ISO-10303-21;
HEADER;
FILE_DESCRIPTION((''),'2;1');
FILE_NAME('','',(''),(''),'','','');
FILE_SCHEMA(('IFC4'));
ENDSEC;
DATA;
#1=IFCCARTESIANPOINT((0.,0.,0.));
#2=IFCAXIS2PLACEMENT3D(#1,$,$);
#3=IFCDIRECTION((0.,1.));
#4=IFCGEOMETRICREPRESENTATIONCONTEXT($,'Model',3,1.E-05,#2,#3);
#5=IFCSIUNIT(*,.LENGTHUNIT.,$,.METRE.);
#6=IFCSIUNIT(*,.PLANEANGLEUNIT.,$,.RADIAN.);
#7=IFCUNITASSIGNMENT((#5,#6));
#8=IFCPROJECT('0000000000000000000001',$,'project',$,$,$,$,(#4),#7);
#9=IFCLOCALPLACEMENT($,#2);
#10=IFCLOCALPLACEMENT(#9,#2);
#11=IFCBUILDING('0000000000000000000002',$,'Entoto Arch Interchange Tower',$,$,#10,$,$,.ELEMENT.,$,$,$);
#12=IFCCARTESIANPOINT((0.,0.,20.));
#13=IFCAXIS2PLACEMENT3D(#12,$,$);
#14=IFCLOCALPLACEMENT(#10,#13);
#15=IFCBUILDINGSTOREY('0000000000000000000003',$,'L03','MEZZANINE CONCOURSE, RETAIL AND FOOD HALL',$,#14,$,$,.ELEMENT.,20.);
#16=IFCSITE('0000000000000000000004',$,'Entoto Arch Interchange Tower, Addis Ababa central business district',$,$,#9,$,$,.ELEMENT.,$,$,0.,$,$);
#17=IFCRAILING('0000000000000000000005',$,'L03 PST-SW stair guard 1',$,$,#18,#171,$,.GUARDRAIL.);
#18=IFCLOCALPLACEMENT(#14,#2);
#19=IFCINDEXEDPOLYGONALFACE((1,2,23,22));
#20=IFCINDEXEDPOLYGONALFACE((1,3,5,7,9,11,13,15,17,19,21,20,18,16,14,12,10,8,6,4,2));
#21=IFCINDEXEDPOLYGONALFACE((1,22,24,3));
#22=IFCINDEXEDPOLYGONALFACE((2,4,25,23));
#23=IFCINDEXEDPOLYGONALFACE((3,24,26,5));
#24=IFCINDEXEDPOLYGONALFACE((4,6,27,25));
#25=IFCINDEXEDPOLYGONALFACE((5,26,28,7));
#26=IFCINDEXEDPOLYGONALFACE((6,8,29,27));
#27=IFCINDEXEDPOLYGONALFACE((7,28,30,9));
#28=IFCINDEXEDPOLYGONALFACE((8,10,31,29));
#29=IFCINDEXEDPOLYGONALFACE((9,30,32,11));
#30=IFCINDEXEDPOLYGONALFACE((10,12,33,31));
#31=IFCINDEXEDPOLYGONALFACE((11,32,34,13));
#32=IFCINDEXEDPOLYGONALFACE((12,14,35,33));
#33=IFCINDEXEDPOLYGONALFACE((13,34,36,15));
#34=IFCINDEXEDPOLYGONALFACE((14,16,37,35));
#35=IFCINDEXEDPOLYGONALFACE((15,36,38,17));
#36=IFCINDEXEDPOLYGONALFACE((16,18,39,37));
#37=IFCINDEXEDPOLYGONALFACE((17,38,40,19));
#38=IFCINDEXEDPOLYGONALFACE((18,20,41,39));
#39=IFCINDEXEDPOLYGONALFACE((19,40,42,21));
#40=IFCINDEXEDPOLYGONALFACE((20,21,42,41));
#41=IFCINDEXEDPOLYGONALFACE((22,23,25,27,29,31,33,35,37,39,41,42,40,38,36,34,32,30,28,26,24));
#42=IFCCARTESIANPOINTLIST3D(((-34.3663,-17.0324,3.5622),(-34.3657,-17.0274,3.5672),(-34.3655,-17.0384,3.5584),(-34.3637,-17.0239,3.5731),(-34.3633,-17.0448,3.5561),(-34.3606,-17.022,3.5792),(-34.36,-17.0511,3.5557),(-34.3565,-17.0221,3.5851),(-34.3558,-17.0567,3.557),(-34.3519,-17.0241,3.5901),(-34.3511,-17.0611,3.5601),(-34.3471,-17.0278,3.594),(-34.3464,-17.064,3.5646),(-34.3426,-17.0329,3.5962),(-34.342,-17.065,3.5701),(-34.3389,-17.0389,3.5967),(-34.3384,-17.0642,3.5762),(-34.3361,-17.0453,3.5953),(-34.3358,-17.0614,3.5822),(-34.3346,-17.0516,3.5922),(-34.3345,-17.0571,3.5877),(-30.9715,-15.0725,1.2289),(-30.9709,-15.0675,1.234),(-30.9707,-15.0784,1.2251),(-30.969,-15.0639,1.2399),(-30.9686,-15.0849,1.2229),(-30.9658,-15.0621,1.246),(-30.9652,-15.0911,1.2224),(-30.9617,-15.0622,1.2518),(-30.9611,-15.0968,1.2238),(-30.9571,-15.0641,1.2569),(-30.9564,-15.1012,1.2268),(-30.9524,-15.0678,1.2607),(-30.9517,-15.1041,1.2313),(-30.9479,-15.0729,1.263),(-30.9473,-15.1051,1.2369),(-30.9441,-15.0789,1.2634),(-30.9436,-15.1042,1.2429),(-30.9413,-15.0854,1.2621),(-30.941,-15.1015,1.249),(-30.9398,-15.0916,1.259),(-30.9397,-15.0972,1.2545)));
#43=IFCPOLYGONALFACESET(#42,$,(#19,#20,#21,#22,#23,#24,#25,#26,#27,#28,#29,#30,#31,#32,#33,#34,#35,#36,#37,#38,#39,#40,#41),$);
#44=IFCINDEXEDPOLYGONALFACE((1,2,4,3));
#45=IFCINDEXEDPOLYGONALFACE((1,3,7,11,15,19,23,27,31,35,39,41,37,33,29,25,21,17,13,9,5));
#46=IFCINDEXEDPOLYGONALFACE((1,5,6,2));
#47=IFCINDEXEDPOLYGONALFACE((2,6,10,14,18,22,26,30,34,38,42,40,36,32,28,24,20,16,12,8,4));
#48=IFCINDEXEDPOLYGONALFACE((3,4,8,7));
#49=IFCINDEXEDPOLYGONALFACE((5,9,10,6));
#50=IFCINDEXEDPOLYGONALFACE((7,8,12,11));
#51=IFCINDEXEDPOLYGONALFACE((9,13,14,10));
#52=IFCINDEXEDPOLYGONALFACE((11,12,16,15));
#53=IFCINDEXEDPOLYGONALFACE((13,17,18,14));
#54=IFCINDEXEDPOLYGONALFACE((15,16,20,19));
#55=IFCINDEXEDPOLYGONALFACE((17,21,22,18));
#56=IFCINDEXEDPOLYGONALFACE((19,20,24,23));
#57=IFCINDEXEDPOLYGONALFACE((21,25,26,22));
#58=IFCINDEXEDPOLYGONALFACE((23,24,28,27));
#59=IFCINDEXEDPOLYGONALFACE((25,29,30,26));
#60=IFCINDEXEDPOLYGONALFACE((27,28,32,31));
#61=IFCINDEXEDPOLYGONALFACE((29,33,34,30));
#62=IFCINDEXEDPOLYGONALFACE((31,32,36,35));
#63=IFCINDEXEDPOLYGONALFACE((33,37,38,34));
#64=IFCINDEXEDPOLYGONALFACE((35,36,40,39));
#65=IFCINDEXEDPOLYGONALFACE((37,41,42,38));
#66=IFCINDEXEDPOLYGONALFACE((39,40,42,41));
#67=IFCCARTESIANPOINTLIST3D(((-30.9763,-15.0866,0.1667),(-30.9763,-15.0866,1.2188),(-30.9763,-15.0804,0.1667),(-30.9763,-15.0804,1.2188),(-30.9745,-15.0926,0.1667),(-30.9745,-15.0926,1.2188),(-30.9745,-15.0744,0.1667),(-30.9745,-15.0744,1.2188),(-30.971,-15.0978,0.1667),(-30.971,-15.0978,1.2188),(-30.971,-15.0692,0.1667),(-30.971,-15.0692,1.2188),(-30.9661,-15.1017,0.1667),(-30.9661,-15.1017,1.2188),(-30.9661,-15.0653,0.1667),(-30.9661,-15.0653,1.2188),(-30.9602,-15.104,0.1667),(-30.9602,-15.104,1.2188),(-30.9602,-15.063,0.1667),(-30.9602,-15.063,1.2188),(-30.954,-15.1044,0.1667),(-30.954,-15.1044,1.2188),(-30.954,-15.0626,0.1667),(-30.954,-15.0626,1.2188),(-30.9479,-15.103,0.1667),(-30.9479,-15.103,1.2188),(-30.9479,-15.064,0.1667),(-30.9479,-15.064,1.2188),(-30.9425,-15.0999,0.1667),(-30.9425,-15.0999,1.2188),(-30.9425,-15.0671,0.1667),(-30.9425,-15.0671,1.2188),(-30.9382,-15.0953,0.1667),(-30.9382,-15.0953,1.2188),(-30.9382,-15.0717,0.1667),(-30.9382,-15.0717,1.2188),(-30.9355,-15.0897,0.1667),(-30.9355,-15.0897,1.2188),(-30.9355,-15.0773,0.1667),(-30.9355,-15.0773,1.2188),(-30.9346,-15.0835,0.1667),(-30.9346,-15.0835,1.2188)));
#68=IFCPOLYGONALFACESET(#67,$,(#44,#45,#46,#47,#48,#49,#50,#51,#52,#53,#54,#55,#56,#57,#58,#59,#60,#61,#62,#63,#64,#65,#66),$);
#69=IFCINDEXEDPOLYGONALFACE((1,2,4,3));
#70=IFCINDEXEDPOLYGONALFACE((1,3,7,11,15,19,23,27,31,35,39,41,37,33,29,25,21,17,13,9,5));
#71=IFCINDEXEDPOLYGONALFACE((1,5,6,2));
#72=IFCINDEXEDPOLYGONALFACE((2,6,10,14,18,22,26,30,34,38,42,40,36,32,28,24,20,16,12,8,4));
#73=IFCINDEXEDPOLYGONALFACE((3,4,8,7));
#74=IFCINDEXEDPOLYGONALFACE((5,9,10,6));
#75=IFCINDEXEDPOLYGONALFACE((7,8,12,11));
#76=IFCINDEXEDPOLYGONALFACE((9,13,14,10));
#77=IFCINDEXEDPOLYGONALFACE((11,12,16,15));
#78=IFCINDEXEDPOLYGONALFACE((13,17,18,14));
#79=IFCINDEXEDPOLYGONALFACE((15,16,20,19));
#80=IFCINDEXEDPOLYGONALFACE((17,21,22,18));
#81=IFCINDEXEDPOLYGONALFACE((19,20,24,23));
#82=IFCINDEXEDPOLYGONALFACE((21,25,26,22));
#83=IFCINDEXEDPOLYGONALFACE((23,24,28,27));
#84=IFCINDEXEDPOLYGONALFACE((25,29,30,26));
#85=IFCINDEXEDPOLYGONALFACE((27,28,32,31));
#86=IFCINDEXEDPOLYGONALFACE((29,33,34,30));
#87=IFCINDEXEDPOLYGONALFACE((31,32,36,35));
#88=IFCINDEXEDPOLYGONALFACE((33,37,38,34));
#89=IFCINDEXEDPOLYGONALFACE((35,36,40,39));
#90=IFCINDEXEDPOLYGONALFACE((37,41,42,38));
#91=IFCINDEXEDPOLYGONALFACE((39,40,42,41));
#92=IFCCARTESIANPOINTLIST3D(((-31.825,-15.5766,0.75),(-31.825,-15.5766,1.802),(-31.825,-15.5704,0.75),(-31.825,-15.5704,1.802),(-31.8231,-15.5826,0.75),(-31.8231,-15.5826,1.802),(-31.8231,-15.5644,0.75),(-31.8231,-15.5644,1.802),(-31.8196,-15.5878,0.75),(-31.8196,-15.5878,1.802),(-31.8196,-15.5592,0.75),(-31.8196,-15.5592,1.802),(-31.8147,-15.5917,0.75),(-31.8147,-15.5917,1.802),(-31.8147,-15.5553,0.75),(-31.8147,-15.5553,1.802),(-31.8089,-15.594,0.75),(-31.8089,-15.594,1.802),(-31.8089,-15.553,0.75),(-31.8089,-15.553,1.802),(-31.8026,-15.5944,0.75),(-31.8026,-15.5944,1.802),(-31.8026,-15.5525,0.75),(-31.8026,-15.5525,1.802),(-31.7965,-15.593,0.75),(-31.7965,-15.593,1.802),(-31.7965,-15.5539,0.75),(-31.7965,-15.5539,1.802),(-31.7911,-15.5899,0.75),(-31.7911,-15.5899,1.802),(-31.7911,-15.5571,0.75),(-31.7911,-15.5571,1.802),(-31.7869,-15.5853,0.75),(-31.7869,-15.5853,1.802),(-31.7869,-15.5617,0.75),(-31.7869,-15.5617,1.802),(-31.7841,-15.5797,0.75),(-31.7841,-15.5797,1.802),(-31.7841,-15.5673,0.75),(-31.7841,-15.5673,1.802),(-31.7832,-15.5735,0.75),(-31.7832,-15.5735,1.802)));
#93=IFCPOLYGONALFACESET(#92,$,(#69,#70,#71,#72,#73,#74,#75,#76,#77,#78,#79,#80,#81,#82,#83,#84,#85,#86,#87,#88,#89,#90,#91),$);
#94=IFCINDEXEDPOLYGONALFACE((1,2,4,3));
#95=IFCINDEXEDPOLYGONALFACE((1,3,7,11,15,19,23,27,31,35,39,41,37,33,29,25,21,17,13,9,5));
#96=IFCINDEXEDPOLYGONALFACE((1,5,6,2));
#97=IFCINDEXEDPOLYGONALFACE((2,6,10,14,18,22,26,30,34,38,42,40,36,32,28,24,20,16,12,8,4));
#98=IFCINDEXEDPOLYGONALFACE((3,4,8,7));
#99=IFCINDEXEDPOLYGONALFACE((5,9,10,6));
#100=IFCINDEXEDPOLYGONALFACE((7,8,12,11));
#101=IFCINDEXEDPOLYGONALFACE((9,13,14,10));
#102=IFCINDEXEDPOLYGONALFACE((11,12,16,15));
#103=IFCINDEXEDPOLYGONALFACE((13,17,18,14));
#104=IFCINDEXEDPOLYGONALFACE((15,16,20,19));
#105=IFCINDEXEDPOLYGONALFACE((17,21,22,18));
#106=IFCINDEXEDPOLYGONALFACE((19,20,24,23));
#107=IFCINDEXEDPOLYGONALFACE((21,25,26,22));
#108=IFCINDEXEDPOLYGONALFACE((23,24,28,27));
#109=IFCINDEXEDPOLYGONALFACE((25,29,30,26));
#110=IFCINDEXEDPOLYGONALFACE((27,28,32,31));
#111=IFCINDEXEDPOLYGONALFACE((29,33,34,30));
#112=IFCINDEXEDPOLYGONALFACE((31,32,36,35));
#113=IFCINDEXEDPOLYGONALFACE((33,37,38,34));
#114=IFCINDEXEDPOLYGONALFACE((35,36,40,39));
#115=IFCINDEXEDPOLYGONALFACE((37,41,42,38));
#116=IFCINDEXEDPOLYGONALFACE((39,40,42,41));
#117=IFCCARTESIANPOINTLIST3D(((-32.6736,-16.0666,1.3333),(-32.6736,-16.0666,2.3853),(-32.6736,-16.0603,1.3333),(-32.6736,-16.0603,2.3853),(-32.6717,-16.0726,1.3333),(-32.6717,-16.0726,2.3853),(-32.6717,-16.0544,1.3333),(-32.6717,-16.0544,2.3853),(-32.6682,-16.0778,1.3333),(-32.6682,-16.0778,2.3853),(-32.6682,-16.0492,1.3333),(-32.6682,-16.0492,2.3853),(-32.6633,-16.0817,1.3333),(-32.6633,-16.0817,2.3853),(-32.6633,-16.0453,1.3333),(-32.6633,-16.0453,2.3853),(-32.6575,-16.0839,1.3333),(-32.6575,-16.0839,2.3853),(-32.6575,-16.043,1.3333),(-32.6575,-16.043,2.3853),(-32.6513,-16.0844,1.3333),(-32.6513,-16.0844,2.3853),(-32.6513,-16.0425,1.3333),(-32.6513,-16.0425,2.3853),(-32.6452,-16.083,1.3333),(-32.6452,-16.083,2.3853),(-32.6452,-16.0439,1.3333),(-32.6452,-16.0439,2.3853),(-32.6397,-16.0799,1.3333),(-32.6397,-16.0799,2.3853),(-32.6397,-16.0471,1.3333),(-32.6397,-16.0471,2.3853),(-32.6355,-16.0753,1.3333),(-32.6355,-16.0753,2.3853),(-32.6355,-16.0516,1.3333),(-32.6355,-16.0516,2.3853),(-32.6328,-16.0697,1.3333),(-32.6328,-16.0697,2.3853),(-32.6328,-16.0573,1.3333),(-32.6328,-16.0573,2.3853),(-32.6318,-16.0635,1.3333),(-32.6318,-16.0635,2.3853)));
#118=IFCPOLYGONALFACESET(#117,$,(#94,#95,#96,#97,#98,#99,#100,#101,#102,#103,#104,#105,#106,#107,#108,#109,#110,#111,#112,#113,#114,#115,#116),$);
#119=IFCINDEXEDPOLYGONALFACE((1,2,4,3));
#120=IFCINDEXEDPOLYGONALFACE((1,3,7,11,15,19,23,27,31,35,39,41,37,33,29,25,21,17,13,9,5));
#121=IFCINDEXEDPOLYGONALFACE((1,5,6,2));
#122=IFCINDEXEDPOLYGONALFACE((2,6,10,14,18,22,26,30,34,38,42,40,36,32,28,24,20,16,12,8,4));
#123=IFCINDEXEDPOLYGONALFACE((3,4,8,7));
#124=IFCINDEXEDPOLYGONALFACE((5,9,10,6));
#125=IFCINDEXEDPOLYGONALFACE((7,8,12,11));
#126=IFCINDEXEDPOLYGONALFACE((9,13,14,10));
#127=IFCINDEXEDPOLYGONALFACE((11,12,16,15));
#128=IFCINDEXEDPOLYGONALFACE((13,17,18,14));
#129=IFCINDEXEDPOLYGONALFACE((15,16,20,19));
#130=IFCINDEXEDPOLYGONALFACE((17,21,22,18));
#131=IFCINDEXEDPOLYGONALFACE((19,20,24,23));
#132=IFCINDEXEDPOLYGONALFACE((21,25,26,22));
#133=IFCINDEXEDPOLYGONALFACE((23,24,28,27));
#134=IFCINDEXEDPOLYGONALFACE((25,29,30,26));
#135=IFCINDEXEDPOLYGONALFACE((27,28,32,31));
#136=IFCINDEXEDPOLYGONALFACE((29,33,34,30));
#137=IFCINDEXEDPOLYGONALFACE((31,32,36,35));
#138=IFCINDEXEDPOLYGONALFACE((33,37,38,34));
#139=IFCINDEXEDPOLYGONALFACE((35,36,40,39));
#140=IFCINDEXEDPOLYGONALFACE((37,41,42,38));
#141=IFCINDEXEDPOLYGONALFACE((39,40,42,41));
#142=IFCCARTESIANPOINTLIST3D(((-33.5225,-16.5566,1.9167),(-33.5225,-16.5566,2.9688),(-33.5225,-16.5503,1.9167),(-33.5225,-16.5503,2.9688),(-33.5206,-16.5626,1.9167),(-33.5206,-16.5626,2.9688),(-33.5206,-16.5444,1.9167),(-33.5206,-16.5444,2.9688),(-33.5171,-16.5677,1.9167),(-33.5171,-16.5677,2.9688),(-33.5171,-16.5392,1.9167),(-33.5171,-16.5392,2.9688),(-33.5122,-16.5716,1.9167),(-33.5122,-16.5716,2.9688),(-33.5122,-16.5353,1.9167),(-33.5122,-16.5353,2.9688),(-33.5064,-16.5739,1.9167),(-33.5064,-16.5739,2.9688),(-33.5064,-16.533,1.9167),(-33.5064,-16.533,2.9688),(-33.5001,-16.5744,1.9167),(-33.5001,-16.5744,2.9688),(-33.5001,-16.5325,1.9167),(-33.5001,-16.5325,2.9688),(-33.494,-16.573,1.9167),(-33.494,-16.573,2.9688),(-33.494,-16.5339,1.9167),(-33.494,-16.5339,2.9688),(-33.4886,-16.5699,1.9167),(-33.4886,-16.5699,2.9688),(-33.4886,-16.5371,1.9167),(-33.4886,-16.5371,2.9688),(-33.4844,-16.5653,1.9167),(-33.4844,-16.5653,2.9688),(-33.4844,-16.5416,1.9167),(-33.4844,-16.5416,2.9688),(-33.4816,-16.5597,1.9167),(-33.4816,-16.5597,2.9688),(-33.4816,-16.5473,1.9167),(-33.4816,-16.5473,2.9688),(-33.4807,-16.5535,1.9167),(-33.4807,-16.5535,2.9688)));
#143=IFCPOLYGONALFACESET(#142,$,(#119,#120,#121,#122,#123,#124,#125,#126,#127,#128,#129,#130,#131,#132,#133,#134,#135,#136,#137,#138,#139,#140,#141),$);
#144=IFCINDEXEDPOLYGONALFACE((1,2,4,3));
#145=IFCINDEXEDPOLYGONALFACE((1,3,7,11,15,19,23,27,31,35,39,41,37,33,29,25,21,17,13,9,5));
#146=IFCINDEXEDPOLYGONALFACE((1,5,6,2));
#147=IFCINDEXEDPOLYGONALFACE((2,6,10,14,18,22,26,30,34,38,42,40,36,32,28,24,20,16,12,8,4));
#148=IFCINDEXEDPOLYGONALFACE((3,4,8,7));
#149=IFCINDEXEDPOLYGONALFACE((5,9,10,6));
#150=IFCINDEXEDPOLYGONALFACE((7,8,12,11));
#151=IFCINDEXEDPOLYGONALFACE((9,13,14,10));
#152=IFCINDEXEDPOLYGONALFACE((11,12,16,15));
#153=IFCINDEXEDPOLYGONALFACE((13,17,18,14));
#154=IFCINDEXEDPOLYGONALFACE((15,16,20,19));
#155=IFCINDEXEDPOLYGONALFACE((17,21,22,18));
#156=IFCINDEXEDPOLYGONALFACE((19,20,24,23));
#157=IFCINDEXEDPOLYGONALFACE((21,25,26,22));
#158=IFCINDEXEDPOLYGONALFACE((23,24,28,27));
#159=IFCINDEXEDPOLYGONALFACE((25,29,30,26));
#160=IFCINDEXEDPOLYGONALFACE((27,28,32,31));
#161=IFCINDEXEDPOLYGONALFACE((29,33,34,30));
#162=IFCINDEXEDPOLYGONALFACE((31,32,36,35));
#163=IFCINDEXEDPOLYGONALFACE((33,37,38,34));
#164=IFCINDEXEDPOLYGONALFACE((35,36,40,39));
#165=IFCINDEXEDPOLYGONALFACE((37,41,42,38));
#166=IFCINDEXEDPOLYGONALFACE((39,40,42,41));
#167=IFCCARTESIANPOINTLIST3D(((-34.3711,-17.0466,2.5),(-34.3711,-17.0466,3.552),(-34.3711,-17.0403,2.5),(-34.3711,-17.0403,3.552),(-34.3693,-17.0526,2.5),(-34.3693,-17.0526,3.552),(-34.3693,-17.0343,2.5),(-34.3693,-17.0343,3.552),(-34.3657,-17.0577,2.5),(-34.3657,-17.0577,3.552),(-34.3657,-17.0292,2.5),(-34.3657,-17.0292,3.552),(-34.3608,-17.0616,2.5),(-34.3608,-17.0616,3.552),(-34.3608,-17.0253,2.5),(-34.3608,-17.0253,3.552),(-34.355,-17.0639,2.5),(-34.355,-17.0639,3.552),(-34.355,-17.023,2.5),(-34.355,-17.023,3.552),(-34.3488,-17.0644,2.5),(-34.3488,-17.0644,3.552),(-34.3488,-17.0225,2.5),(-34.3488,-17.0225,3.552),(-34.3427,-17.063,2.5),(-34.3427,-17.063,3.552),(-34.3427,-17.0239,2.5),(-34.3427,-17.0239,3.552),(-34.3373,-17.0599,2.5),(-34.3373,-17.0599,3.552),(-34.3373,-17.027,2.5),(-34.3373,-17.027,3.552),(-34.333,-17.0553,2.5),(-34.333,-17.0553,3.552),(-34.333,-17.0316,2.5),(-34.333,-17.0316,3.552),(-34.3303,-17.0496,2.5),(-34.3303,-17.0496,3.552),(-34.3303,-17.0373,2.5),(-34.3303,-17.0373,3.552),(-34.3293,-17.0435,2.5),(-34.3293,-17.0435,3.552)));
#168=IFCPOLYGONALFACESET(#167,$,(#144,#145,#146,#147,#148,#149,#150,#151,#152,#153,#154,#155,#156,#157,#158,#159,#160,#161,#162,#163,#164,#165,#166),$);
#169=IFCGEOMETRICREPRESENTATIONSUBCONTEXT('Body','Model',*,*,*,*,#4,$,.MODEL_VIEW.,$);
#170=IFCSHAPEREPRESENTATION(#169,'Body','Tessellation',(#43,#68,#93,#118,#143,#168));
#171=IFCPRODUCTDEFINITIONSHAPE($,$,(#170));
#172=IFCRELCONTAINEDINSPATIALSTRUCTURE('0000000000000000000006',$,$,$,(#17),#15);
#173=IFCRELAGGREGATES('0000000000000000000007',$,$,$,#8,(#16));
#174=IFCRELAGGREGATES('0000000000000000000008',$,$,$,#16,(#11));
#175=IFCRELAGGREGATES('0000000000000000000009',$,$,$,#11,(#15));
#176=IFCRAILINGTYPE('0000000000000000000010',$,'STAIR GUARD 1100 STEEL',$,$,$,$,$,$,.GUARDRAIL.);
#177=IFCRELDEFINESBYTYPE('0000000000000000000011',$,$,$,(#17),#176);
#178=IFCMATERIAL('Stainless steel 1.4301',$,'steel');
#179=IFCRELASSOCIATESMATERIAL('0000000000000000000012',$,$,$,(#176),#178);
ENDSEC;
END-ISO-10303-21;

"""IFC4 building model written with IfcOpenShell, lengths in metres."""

from ifc_helpers import new_model, si_unit, direction, frame, origin, origin_2d, place, context, subcontext, project, spatial, circle, extrude, material, type_object, element, save


model = new_model("IFC4")

# Units and contexts
model_context = context("Model", 3, precision=1e-05, world=origin(), true_north=direction((0.0, 1.0)))
body_context = subcontext(model_context, "Body", "Model", "MODEL_VIEW")
ifc_project = project(units=[si_unit("LENGTHUNIT", "METRE"), si_unit("PLANEANGLEUNIT", "RADIAN")], contexts=[model_context])

# Site, building, storey
site_placement = place(None, origin())
site = spatial("IfcSite", under=ifc_project, at=site_placement, Name="Entoto Arch Interchange Tower, Addis Ababa central business district", CompositionType="ELEMENT", RefElevation=0.0)
building_placement = place(site_placement, origin())
building = spatial("IfcBuilding", under=site, at=building_placement, Name="Entoto Arch Interchange Tower", CompositionType="ELEMENT")
storey_placement = place(building_placement, frame((0.0, 0.0, 20.0)))
storey = spatial("IfcBuildingStorey", under=building, at=storey_placement, Name="L03", Description="MEZZANINE CONCOURSE, RETAIL AND FOOD HALL", CompositionType="ELEMENT", Elevation=20.0)

# Railing
ifc_material_1 = material(Name="Stainless steel 1.4301", Category="steel")
railing_type_1 = type_object("IfcRailingType", Name="STAIR GUARD 1100 STEEL", PredefinedType="GUARDRAIL", material=ifc_material_1)
railing_1_placement = place(storey_placement, frame((-30.9556, -15.0835, 0.1667)))
element("IfcRailing", 1, at=railing_1_placement, inside=storey, type_object=railing_type_1, Name="L03 PST-SW stair guard 1", PredefinedType="GUARDRAIL", context=body_context, shape_type="SweptSolid", body=[
    extrude(circle(Radius=0.0239, at=origin_2d()), frame((0.0, 0.0, 1.0762), z_axis=(-0.744175, -0.429646, 0.511476), x_axis=(0.499997, -0.866027, 0.0)), (0.0, 0.0, 1.0), 4.5618),
    extrude(circle(Radius=0.021, at=origin_2d()), origin(), (0.0, 0.0, 1.0), 1.052),
    extrude(circle(Radius=0.021, at=origin_2d()), frame((-0.8486, -0.49, 0.5833)), (0.0, 0.0, 1.0), 1.052),
    extrude(circle(Radius=0.021, at=origin_2d()), frame((-1.6973, -0.98, 1.1665)), (0.0, 0.0, 1.0), 1.052),
    extrude(circle(Radius=0.021, at=origin_2d()), frame((-2.5461, -1.47, 1.75)), (0.0, 0.0, 1.0), 1.052),
    extrude(circle(Radius=0.021, at=origin_2d()), frame((-3.3948, -1.96, 2.3333)), (0.0, 0.0, 1.0), 1.052),
])

save(model, "model.ifc")
